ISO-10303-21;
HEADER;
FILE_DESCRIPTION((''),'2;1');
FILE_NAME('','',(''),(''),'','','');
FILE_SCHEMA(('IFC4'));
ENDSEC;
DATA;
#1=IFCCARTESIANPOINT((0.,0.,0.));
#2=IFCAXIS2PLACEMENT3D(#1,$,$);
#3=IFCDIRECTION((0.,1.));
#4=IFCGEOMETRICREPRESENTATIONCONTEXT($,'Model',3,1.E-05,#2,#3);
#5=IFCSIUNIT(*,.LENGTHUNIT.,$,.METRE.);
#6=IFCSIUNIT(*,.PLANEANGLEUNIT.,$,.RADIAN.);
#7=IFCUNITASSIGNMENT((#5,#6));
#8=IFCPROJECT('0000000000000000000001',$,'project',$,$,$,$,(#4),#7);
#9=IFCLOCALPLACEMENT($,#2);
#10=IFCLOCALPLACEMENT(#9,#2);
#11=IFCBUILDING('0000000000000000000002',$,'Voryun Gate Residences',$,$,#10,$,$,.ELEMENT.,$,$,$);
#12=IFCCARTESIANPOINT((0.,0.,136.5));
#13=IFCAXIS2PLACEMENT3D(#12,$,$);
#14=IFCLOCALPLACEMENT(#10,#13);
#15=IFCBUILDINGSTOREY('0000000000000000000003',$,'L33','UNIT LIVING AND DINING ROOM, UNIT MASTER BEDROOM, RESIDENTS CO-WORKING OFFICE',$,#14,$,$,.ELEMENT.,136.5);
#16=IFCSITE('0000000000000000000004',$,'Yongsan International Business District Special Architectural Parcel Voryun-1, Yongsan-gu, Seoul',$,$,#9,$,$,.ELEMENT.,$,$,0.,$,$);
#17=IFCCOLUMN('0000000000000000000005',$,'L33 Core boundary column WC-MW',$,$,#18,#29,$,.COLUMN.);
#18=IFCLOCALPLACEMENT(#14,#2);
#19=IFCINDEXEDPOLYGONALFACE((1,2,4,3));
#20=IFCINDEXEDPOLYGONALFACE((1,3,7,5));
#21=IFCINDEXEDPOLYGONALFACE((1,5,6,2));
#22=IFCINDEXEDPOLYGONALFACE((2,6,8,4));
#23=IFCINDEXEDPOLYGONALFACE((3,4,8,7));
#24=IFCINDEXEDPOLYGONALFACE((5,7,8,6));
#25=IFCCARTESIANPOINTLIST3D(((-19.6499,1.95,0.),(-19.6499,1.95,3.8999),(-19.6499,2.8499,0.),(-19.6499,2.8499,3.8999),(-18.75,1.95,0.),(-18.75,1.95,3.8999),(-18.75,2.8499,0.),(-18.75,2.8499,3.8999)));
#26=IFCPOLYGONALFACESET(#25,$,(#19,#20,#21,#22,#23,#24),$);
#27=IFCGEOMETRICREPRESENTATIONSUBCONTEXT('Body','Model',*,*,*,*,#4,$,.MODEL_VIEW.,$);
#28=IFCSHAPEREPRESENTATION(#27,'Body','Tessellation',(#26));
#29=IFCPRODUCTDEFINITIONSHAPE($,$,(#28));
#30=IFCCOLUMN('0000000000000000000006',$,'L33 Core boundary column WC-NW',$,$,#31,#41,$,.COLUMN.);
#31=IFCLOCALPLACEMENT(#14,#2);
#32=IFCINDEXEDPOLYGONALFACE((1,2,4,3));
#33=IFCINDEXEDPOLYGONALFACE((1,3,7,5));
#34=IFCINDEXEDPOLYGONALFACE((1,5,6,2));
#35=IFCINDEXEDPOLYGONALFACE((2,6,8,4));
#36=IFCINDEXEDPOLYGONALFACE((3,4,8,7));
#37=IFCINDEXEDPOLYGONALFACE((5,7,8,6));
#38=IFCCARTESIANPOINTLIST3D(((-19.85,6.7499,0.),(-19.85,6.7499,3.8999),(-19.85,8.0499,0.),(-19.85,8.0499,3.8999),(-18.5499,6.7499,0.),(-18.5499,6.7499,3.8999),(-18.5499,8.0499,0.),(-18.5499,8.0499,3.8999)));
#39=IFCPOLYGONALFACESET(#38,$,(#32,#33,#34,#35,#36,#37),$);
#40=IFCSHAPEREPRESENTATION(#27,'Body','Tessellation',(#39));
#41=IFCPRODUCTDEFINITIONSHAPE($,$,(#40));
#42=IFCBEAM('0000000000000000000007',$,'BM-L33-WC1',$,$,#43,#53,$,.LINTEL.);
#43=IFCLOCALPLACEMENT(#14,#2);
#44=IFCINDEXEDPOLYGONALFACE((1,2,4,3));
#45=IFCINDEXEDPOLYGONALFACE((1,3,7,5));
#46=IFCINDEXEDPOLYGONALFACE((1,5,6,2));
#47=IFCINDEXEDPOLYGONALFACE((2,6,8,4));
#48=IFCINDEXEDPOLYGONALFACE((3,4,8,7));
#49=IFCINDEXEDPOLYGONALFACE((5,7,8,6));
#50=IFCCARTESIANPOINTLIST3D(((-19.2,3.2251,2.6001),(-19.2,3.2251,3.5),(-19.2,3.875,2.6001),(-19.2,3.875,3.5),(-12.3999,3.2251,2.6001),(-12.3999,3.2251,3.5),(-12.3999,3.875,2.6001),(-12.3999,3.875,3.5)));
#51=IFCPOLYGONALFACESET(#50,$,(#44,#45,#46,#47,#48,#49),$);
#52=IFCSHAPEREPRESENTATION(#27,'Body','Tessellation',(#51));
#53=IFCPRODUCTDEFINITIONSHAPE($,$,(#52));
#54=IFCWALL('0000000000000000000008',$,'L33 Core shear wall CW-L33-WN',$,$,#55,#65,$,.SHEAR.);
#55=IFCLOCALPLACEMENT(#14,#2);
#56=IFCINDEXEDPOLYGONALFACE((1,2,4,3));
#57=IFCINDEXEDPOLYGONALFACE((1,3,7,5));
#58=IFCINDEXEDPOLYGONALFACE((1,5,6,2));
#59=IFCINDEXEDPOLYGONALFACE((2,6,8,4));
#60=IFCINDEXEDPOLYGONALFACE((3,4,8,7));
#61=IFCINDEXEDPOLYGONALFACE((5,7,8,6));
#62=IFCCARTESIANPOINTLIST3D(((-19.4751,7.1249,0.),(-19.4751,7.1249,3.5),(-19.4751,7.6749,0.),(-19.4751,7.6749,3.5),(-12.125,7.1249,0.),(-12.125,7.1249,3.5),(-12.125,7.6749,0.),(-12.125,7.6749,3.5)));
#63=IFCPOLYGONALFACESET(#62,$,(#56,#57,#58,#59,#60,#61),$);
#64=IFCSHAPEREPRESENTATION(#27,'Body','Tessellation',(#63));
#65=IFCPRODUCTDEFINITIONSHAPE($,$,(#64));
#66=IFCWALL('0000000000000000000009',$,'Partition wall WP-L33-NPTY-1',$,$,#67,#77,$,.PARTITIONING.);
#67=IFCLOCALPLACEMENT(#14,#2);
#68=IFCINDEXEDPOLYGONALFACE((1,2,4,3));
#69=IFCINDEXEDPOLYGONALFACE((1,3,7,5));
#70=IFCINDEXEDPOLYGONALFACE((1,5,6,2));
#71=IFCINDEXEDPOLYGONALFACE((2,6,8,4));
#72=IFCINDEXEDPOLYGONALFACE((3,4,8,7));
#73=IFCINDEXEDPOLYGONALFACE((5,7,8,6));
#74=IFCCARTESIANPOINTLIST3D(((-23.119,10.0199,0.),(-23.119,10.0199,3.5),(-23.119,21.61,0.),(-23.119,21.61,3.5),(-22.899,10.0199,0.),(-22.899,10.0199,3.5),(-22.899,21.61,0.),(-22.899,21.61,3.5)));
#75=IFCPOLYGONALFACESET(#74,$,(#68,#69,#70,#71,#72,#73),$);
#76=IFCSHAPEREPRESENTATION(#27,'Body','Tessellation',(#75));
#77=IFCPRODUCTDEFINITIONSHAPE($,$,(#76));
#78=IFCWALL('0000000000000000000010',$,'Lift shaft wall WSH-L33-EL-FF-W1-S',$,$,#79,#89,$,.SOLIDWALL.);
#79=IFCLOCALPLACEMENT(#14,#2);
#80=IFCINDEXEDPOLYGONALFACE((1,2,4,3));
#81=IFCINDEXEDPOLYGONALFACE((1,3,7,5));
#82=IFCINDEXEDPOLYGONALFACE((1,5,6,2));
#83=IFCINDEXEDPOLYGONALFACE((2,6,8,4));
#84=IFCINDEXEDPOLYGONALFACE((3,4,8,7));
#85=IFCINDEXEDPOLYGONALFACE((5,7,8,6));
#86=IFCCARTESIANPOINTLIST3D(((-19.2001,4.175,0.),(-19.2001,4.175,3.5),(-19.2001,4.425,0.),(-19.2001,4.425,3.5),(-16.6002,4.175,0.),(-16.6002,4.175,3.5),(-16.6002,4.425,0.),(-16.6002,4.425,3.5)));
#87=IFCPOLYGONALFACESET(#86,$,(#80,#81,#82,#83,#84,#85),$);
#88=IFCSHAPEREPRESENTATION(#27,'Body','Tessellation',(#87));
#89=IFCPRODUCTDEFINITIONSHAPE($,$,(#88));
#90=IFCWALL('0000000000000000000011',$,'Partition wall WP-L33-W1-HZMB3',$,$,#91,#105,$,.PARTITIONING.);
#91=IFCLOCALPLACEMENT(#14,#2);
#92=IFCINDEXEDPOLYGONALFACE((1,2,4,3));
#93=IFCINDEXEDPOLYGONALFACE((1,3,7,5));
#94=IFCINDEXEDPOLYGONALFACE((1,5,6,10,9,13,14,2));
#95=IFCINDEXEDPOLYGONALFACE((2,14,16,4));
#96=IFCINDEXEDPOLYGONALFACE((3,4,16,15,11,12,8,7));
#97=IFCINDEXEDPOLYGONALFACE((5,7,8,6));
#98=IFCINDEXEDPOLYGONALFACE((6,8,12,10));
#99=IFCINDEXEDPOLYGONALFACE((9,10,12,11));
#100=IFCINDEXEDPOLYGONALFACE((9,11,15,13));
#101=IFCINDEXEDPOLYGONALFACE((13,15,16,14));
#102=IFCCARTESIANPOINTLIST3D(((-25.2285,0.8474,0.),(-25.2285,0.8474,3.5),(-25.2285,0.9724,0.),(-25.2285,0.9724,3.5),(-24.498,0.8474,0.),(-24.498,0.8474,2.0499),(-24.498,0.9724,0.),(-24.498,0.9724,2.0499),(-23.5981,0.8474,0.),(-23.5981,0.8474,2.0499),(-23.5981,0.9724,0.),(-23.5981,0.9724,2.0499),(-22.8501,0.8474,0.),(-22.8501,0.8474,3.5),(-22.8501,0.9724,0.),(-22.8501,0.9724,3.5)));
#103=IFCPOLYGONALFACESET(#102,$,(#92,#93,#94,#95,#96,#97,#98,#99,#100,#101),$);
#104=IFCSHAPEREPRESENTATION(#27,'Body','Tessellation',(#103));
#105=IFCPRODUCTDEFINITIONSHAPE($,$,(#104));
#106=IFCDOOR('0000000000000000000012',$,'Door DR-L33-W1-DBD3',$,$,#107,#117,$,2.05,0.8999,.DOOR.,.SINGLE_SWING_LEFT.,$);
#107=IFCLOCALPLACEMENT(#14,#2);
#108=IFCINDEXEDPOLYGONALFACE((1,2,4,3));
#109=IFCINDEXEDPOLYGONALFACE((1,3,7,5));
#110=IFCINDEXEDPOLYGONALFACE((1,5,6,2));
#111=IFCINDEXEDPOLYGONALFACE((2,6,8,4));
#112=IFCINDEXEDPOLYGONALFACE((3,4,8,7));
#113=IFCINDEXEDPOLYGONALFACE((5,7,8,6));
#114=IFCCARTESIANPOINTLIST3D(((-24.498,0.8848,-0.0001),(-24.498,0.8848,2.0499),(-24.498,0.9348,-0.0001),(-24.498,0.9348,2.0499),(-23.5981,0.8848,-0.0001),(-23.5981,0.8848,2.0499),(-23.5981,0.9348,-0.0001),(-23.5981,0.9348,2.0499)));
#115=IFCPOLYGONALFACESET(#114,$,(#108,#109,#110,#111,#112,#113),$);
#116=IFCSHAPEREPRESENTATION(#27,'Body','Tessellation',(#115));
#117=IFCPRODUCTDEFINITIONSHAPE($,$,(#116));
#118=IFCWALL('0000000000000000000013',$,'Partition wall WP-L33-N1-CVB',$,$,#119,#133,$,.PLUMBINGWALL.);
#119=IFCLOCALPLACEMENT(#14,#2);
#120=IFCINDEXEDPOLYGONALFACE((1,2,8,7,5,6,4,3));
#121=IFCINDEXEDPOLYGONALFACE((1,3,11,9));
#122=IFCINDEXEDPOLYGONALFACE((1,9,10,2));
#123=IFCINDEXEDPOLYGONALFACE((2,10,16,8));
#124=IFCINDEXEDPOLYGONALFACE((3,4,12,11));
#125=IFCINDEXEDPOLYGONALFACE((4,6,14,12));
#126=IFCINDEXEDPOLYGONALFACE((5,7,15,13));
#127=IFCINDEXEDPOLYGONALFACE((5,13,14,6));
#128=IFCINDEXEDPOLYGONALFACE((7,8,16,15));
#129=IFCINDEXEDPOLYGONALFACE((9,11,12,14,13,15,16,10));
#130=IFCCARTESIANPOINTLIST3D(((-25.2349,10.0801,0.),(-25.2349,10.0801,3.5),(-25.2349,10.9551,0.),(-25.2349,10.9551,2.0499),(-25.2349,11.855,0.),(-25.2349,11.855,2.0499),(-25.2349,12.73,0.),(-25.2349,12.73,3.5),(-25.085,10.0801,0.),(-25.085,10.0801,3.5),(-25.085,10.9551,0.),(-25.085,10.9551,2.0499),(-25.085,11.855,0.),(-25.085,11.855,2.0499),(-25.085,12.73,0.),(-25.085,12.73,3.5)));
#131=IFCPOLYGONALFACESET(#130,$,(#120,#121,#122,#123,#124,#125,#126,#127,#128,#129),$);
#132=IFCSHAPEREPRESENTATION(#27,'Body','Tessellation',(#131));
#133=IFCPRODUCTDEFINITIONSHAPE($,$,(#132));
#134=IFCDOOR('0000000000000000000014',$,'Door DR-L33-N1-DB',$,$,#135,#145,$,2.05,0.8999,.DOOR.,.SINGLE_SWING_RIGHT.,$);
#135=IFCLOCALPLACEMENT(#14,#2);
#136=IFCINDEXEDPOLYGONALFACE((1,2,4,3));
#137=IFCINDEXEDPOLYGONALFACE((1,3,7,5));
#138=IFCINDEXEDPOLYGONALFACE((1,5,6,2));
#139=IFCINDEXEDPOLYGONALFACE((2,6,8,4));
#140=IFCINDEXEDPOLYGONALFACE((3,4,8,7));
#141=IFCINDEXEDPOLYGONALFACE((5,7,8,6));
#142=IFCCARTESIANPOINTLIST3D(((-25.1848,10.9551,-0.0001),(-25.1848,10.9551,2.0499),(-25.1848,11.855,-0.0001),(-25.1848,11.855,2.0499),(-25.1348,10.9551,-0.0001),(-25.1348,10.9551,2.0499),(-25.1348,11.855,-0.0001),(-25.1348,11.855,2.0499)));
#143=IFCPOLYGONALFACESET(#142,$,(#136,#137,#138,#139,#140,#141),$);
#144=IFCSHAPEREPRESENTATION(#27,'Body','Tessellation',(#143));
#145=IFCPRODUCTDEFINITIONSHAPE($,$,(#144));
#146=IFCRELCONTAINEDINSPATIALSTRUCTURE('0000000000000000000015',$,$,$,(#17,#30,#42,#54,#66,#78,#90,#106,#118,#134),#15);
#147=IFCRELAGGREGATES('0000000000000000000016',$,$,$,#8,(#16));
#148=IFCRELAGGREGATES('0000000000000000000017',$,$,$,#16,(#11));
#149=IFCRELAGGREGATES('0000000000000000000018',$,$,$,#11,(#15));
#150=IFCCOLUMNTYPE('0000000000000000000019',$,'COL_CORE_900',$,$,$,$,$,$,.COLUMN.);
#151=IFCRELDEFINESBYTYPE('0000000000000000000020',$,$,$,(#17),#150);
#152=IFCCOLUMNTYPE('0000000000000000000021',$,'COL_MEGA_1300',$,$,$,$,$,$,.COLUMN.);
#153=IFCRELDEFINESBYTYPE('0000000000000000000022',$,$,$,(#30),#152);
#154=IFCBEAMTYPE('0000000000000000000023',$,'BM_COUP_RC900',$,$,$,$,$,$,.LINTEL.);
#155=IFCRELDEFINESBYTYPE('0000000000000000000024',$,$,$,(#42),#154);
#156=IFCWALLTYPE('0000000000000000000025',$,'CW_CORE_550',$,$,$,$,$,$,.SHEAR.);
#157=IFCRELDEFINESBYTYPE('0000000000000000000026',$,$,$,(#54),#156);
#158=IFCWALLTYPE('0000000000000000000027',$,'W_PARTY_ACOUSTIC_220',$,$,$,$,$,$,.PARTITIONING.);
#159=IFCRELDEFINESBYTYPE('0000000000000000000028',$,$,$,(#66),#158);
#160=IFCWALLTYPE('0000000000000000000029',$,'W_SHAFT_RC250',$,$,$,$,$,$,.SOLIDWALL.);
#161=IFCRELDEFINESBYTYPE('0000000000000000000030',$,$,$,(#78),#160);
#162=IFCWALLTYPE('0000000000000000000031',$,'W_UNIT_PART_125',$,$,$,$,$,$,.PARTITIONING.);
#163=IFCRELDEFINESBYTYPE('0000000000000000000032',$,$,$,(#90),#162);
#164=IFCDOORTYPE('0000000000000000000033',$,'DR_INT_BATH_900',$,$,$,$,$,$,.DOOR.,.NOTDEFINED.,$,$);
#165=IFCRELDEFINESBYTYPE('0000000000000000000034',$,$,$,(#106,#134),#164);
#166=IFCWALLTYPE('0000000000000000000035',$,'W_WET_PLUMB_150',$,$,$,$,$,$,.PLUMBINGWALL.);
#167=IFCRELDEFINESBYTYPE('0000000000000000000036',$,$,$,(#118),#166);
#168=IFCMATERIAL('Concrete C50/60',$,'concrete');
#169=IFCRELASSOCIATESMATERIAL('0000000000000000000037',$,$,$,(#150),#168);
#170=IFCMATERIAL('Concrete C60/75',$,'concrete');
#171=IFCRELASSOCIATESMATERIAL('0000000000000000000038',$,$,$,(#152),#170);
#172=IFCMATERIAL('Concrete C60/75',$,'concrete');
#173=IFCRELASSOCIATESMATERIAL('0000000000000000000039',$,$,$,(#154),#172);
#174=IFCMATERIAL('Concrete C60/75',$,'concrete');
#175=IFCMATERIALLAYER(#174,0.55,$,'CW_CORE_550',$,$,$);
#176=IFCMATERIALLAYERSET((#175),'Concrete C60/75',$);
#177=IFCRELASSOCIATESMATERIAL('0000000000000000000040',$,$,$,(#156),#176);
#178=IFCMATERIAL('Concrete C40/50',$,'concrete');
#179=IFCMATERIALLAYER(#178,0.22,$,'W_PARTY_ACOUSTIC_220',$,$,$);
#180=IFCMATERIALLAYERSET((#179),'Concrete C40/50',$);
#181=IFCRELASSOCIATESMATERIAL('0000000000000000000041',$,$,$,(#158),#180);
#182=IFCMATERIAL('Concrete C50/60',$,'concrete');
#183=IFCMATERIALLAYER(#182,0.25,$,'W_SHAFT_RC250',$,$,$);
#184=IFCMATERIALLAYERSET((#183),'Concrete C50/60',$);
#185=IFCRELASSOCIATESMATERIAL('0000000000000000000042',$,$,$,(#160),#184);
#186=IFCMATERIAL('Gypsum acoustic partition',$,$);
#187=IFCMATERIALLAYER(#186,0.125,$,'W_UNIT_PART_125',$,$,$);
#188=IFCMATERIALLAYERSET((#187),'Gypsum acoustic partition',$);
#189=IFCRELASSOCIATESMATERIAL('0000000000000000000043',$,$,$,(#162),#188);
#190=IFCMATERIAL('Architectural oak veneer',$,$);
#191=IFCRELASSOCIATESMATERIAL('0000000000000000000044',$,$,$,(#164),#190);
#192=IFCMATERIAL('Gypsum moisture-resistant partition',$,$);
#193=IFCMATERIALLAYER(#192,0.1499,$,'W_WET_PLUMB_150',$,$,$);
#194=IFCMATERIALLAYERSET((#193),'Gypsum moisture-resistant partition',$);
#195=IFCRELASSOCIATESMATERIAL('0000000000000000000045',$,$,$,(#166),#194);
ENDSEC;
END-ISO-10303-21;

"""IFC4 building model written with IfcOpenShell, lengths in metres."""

from ifc_helpers import new_model, si_unit, direction, frame, frame_2d, origin, origin_2d, place, context, subcontext, project, spatial, rectangle, extrude, material, layer, layer_set, material_profile, profile_set, type_object, element, fill, save


model = new_model("IFC4")

# Units and contexts
model_context = context("Model", 3, precision=1e-05, world=origin(), true_north=direction((0.0, 1.0)))
body_context = subcontext(model_context, "Body", "Model", "MODEL_VIEW")
ifc_project = project(units=[si_unit("LENGTHUNIT", "METRE"), si_unit("PLANEANGLEUNIT", "RADIAN")], contexts=[model_context])

# Site, building, storey
site_placement = place(None, origin())
site = spatial("IfcSite", under=ifc_project, at=site_placement, Name="Yongsan International Business District Special Architectural Parcel Voryun-1, Yongsan-gu, Seoul", CompositionType="ELEMENT", RefElevation=0.0)
building_placement = place(site_placement, origin())
building = spatial("IfcBuilding", under=site, at=building_placement, Name="Voryun Gate Residences", CompositionType="ELEMENT")
storey_placement = place(building_placement, frame((0.0, 0.0, 136.5)))
storey = spatial("IfcBuildingStorey", under=building, at=storey_placement, Name="L33", Description="UNIT LIVING AND DINING ROOM, UNIT MASTER BEDROOM, RESIDENTS CO-WORKING OFFICE", CompositionType="ELEMENT", Elevation=136.5)

# Columns
ifc_material_1 = material(Name="Concrete C50/60", Category="concrete")
ifc_material_profile_1 = material_profile(ifc_material_1, rectangle(XDim=0.8999, YDim=0.8999, at=origin_2d()), Name="RC-900x900")
ifc_profile_set_1 = profile_set([ifc_material_profile_1], Name="Concrete C50/60")
column_type_1 = type_object("IfcColumnType", Name="COL_CORE_900", PredefinedType="COLUMN", material=ifc_profile_set_1)
column_1_placement = place(storey_placement, frame((-19.2, 2.3999, 0.0), z_axis=(0.0, 0.0, 1.0), x_axis=(1.0, 0.0, 0.0)))
element("IfcColumn", 1, at=column_1_placement, inside=storey, type_object=column_type_1, Name="L33 Core boundary column WC-MW", PredefinedType="COLUMN", context=body_context, shape_type="SweptSolid", body=[
    extrude(rectangle(XDim=0.8999, YDim=0.8999, at=origin_2d()), origin(), (0.0, 0.0, 1.0), 3.8999),
])
ifc_material_2 = material(Name="Concrete C60/75", Category="concrete")
ifc_material_profile_2 = material_profile(ifc_material_2, rectangle(XDim=1.3, YDim=1.3, at=origin_2d()), Name="RC-1300x1300")
ifc_profile_set_2 = profile_set([ifc_material_profile_2], Name="Concrete C60/75")
column_type_2 = type_object("IfcColumnType", Name="COL_MEGA_1300", PredefinedType="COLUMN", material=ifc_profile_set_2)
column_2_placement = place(storey_placement, frame((-19.2, 7.3999, 0.0), z_axis=(0.0, 0.0, 1.0), x_axis=(1.0, 0.0, 0.0)))
element("IfcColumn", 2, at=column_2_placement, inside=storey, type_object=column_type_2, Name="L33 Core boundary column WC-NW", PredefinedType="COLUMN", context=body_context, shape_type="SweptSolid", body=[
    extrude(rectangle(XDim=1.3, YDim=1.3, at=origin_2d()), origin(), (0.0, 0.0, 1.0), 3.8999),
])

# Beam
ifc_material_3 = material(Name="Concrete C60/75", Category="concrete")
ifc_material_profile_3 = material_profile(ifc_material_3, rectangle(XDim=0.6499, YDim=0.8999, at=origin_2d()), Name="RC-650x900")
ifc_profile_set_3 = profile_set([ifc_material_profile_3], Name="Concrete C60/75")
beam_type = type_object("IfcBeamType", Name="BM_COUP_RC900", PredefinedType="LINTEL", material=ifc_profile_set_3)
beam_placement = place(storey_placement, frame((-19.2, 3.55, 3.05), z_axis=(1.0, 0.0, 0.0), x_axis=(0.0, 1.0, 0.0)))
element("IfcBeam", 3, at=beam_placement, inside=storey, type_object=beam_type, Name="BM-L33-WC1", PredefinedType="LINTEL", context=body_context, shape_type="SweptSolid", body=[
    extrude(rectangle(XDim=0.6499, YDim=0.8999, at=origin_2d()), origin(), (0.0, 0.0, 1.0), 6.8),
])

# Walls
ifc_material_4 = material(Name="Concrete C60/75", Category="concrete")
ifc_layer_1 = layer(ifc_material_4, 0.55, Name="CW_CORE_550")
ifc_layer_set_1 = layer_set([ifc_layer_1], Name="Concrete C60/75")
wall_type_1 = type_object("IfcWallType", Name="CW_CORE_550", PredefinedType="SHEAR", material=ifc_layer_set_1)
wall_1_placement = place(storey_placement, frame((-19.4751, 7.3999, 0.0), z_axis=(0.0, 0.0, 1.0), x_axis=(1.0, 0.0, 0.0)))
element("IfcWall", 4, at=wall_1_placement, inside=storey, type_object=wall_type_1, Name="L33 Core shear wall CW-L33-WN", PredefinedType="SHEAR", context=body_context, shape_type="SweptSolid", body=[
    extrude(rectangle(XDim=7.3501, YDim=0.55, at=frame_2d((3.675, 0.0))), origin(), (0.0, 0.0, 1.0), 3.5),
])
ifc_material_5 = material(Name="Concrete C40/50", Category="concrete")
ifc_layer_2 = layer(ifc_material_5, 0.22, Name="W_PARTY_ACOUSTIC_220")
ifc_layer_set_2 = layer_set([ifc_layer_2], Name="Concrete C40/50")
wall_type_2 = type_object("IfcWallType", Name="W_PARTY_ACOUSTIC_220", PredefinedType="PARTITIONING", material=ifc_layer_set_2)
wall_2_placement = place(storey_placement, frame((-23.009, 10.02, 0.0), z_axis=(0.0, 0.0, 1.0), x_axis=(0.0, 1.0, 0.0)))
element("IfcWall", 5, at=wall_2_placement, inside=storey, type_object=wall_type_2, Name="Partition wall WP-L33-NPTY-1", PredefinedType="PARTITIONING", context=body_context, shape_type="SweptSolid", body=[
    extrude(rectangle(XDim=11.5901, YDim=0.22, at=frame_2d((5.7949, 0.0))), origin(), (0.0, 0.0, 1.0), 3.5),
])
ifc_material_6 = material(Name="Concrete C50/60", Category="concrete")
ifc_layer_3 = layer(ifc_material_6, 0.25, Name="W_SHAFT_RC250")
ifc_layer_set_3 = layer_set([ifc_layer_3], Name="Concrete C50/60")
wall_type_3 = type_object("IfcWallType", Name="W_SHAFT_RC250", PredefinedType="SOLIDWALL", material=ifc_layer_set_3)
wall_3_placement = place(storey_placement, frame((-19.2, 4.3, 0.0), z_axis=(0.0, 0.0, 1.0), x_axis=(1.0, 0.0, 0.0)))
element("IfcWall", 6, at=wall_3_placement, inside=storey, type_object=wall_type_3, Name="Lift shaft wall WSH-L33-EL-FF-W1-S", PredefinedType="SOLIDWALL", context=body_context, shape_type="SweptSolid", body=[
    extrude(rectangle(XDim=2.5999, YDim=0.25, at=frame_2d((1.2998, 0.0))), origin(), (0.0, 0.0, 1.0), 3.5),
])

# Walls, openings, doors
ifc_material_7 = material(Name="Gypsum acoustic partition")
ifc_layer_4 = layer(ifc_material_7, 0.125, Name="W_UNIT_PART_125")
ifc_layer_set_4 = layer_set([ifc_layer_4], Name="Gypsum acoustic partition")
wall_type_4 = type_object("IfcWallType", Name="W_UNIT_PART_125", PredefinedType="PARTITIONING", material=ifc_layer_set_4)
wall_4_placement = place(storey_placement, frame((-25.2285, 0.9099, 0.0), z_axis=(0.0, 0.0, 1.0), x_axis=(1.0, 0.0, 0.0)))
wall_4 = element("IfcWall", 7, at=wall_4_placement, inside=storey, type_object=wall_type_4, Name="Partition wall WP-L33-W1-HZMB3", PredefinedType="PARTITIONING", context=body_context, shape_type="SweptSolid", body=[
    extrude(rectangle(XDim=2.3784, YDim=0.125, at=frame_2d((1.1892, 0.0))), origin(), (0.0, 0.0, 1.0), 3.5),
])
opening_1_placement = place(wall_4_placement, frame((0.7305, 0.0, 0.0)))
opening_1 = element("IfcOpeningElement", 8, at=opening_1_placement, cuts=wall_4, PredefinedType="OPENING", context=body_context, shape_type="SweptSolid", body=[
    extrude(rectangle(XDim=0.8999, YDim=2.05, at=frame_2d((0.45, 1.0249))), frame((0.0, 0.0725, 0.0), z_axis=(0.0, -1.0, 0.0), x_axis=(1.0, 0.0, 0.0)), (0.0, 0.0, 1.0), 0.145),
])
ifc_material_8 = material(Name="Architectural oak veneer")
door_type = type_object("IfcDoorType", Name="DR_INT_BATH_900", OperationType="NOTDEFINED", PredefinedType="DOOR", material=ifc_material_8)
door_1_placement = place(opening_1_placement, origin())
door_1 = element("IfcDoor", 9, at=door_1_placement, inside=storey, type_object=door_type, Name="Door DR-L33-W1-DBD3", OperationType="SINGLE_SWING_LEFT", OverallHeight=2.05, OverallWidth=0.8999, PredefinedType="DOOR", context=body_context, shape_type="SweptSolid", body=[
    extrude(rectangle(XDim=0.8999, YDim=2.05, at=frame_2d((0.45, 1.0249))), frame((0.0, 0.0249, 0.0), z_axis=(0.0, -1.0, 0.0), x_axis=(1.0, 0.0, 0.0)), (0.0, 0.0, 1.0), 0.05),
])
fill(opening_1, door_1)
ifc_material_9 = material(Name="Gypsum moisture-resistant partition")
ifc_layer_5 = layer(ifc_material_9, 0.1499, Name="W_WET_PLUMB_150")
ifc_layer_set_5 = layer_set([ifc_layer_5], Name="Gypsum moisture-resistant partition")
wall_type_5 = type_object("IfcWallType", Name="W_WET_PLUMB_150", PredefinedType="PLUMBINGWALL", material=ifc_layer_set_5)
wall_5_placement = place(storey_placement, frame((-25.1599, 10.0801, 0.0), z_axis=(0.0, 0.0, 1.0), x_axis=(0.0, 1.0, 0.0)))
wall_5 = element("IfcWall", 10, at=wall_5_placement, inside=storey, type_object=wall_type_5, Name="Partition wall WP-L33-N1-CVB", PredefinedType="PLUMBINGWALL", context=body_context, shape_type="SweptSolid", body=[
    extrude(rectangle(XDim=2.6499, YDim=0.1499, at=frame_2d((1.325, 0.0))), origin(), (0.0, 0.0, 1.0), 3.5),
])
opening_2_placement = place(wall_5_placement, frame((0.875, 0.0, 0.0)))
opening_2 = element("IfcOpeningElement", 11, at=opening_2_placement, cuts=wall_5, PredefinedType="OPENING", context=body_context, shape_type="SweptSolid", body=[
    extrude(rectangle(XDim=0.8999, YDim=2.05, at=frame_2d((0.45, 1.0249))), frame((0.0, 0.085, 0.0), z_axis=(0.0, -1.0, 0.0), x_axis=(1.0, 0.0, 0.0)), (0.0, 0.0, 1.0), 0.1699),
])
door_2_placement = place(opening_2_placement, origin())
door_2 = element("IfcDoor", 12, at=door_2_placement, inside=storey, type_object=door_type, Name="Door DR-L33-N1-DB", OperationType="SINGLE_SWING_RIGHT", OverallHeight=2.05, OverallWidth=0.8999, PredefinedType="DOOR", context=body_context, shape_type="SweptSolid", body=[
    extrude(rectangle(XDim=0.8999, YDim=2.05, at=frame_2d((0.45, 1.0249))), frame((0.0, 0.0249, 0.0), z_axis=(0.0, -1.0, 0.0), x_axis=(1.0, 0.0, 0.0)), (0.0, 0.0, 1.0), 0.05),
])
fill(opening_2, door_2)

save(model, "model.ifc")
